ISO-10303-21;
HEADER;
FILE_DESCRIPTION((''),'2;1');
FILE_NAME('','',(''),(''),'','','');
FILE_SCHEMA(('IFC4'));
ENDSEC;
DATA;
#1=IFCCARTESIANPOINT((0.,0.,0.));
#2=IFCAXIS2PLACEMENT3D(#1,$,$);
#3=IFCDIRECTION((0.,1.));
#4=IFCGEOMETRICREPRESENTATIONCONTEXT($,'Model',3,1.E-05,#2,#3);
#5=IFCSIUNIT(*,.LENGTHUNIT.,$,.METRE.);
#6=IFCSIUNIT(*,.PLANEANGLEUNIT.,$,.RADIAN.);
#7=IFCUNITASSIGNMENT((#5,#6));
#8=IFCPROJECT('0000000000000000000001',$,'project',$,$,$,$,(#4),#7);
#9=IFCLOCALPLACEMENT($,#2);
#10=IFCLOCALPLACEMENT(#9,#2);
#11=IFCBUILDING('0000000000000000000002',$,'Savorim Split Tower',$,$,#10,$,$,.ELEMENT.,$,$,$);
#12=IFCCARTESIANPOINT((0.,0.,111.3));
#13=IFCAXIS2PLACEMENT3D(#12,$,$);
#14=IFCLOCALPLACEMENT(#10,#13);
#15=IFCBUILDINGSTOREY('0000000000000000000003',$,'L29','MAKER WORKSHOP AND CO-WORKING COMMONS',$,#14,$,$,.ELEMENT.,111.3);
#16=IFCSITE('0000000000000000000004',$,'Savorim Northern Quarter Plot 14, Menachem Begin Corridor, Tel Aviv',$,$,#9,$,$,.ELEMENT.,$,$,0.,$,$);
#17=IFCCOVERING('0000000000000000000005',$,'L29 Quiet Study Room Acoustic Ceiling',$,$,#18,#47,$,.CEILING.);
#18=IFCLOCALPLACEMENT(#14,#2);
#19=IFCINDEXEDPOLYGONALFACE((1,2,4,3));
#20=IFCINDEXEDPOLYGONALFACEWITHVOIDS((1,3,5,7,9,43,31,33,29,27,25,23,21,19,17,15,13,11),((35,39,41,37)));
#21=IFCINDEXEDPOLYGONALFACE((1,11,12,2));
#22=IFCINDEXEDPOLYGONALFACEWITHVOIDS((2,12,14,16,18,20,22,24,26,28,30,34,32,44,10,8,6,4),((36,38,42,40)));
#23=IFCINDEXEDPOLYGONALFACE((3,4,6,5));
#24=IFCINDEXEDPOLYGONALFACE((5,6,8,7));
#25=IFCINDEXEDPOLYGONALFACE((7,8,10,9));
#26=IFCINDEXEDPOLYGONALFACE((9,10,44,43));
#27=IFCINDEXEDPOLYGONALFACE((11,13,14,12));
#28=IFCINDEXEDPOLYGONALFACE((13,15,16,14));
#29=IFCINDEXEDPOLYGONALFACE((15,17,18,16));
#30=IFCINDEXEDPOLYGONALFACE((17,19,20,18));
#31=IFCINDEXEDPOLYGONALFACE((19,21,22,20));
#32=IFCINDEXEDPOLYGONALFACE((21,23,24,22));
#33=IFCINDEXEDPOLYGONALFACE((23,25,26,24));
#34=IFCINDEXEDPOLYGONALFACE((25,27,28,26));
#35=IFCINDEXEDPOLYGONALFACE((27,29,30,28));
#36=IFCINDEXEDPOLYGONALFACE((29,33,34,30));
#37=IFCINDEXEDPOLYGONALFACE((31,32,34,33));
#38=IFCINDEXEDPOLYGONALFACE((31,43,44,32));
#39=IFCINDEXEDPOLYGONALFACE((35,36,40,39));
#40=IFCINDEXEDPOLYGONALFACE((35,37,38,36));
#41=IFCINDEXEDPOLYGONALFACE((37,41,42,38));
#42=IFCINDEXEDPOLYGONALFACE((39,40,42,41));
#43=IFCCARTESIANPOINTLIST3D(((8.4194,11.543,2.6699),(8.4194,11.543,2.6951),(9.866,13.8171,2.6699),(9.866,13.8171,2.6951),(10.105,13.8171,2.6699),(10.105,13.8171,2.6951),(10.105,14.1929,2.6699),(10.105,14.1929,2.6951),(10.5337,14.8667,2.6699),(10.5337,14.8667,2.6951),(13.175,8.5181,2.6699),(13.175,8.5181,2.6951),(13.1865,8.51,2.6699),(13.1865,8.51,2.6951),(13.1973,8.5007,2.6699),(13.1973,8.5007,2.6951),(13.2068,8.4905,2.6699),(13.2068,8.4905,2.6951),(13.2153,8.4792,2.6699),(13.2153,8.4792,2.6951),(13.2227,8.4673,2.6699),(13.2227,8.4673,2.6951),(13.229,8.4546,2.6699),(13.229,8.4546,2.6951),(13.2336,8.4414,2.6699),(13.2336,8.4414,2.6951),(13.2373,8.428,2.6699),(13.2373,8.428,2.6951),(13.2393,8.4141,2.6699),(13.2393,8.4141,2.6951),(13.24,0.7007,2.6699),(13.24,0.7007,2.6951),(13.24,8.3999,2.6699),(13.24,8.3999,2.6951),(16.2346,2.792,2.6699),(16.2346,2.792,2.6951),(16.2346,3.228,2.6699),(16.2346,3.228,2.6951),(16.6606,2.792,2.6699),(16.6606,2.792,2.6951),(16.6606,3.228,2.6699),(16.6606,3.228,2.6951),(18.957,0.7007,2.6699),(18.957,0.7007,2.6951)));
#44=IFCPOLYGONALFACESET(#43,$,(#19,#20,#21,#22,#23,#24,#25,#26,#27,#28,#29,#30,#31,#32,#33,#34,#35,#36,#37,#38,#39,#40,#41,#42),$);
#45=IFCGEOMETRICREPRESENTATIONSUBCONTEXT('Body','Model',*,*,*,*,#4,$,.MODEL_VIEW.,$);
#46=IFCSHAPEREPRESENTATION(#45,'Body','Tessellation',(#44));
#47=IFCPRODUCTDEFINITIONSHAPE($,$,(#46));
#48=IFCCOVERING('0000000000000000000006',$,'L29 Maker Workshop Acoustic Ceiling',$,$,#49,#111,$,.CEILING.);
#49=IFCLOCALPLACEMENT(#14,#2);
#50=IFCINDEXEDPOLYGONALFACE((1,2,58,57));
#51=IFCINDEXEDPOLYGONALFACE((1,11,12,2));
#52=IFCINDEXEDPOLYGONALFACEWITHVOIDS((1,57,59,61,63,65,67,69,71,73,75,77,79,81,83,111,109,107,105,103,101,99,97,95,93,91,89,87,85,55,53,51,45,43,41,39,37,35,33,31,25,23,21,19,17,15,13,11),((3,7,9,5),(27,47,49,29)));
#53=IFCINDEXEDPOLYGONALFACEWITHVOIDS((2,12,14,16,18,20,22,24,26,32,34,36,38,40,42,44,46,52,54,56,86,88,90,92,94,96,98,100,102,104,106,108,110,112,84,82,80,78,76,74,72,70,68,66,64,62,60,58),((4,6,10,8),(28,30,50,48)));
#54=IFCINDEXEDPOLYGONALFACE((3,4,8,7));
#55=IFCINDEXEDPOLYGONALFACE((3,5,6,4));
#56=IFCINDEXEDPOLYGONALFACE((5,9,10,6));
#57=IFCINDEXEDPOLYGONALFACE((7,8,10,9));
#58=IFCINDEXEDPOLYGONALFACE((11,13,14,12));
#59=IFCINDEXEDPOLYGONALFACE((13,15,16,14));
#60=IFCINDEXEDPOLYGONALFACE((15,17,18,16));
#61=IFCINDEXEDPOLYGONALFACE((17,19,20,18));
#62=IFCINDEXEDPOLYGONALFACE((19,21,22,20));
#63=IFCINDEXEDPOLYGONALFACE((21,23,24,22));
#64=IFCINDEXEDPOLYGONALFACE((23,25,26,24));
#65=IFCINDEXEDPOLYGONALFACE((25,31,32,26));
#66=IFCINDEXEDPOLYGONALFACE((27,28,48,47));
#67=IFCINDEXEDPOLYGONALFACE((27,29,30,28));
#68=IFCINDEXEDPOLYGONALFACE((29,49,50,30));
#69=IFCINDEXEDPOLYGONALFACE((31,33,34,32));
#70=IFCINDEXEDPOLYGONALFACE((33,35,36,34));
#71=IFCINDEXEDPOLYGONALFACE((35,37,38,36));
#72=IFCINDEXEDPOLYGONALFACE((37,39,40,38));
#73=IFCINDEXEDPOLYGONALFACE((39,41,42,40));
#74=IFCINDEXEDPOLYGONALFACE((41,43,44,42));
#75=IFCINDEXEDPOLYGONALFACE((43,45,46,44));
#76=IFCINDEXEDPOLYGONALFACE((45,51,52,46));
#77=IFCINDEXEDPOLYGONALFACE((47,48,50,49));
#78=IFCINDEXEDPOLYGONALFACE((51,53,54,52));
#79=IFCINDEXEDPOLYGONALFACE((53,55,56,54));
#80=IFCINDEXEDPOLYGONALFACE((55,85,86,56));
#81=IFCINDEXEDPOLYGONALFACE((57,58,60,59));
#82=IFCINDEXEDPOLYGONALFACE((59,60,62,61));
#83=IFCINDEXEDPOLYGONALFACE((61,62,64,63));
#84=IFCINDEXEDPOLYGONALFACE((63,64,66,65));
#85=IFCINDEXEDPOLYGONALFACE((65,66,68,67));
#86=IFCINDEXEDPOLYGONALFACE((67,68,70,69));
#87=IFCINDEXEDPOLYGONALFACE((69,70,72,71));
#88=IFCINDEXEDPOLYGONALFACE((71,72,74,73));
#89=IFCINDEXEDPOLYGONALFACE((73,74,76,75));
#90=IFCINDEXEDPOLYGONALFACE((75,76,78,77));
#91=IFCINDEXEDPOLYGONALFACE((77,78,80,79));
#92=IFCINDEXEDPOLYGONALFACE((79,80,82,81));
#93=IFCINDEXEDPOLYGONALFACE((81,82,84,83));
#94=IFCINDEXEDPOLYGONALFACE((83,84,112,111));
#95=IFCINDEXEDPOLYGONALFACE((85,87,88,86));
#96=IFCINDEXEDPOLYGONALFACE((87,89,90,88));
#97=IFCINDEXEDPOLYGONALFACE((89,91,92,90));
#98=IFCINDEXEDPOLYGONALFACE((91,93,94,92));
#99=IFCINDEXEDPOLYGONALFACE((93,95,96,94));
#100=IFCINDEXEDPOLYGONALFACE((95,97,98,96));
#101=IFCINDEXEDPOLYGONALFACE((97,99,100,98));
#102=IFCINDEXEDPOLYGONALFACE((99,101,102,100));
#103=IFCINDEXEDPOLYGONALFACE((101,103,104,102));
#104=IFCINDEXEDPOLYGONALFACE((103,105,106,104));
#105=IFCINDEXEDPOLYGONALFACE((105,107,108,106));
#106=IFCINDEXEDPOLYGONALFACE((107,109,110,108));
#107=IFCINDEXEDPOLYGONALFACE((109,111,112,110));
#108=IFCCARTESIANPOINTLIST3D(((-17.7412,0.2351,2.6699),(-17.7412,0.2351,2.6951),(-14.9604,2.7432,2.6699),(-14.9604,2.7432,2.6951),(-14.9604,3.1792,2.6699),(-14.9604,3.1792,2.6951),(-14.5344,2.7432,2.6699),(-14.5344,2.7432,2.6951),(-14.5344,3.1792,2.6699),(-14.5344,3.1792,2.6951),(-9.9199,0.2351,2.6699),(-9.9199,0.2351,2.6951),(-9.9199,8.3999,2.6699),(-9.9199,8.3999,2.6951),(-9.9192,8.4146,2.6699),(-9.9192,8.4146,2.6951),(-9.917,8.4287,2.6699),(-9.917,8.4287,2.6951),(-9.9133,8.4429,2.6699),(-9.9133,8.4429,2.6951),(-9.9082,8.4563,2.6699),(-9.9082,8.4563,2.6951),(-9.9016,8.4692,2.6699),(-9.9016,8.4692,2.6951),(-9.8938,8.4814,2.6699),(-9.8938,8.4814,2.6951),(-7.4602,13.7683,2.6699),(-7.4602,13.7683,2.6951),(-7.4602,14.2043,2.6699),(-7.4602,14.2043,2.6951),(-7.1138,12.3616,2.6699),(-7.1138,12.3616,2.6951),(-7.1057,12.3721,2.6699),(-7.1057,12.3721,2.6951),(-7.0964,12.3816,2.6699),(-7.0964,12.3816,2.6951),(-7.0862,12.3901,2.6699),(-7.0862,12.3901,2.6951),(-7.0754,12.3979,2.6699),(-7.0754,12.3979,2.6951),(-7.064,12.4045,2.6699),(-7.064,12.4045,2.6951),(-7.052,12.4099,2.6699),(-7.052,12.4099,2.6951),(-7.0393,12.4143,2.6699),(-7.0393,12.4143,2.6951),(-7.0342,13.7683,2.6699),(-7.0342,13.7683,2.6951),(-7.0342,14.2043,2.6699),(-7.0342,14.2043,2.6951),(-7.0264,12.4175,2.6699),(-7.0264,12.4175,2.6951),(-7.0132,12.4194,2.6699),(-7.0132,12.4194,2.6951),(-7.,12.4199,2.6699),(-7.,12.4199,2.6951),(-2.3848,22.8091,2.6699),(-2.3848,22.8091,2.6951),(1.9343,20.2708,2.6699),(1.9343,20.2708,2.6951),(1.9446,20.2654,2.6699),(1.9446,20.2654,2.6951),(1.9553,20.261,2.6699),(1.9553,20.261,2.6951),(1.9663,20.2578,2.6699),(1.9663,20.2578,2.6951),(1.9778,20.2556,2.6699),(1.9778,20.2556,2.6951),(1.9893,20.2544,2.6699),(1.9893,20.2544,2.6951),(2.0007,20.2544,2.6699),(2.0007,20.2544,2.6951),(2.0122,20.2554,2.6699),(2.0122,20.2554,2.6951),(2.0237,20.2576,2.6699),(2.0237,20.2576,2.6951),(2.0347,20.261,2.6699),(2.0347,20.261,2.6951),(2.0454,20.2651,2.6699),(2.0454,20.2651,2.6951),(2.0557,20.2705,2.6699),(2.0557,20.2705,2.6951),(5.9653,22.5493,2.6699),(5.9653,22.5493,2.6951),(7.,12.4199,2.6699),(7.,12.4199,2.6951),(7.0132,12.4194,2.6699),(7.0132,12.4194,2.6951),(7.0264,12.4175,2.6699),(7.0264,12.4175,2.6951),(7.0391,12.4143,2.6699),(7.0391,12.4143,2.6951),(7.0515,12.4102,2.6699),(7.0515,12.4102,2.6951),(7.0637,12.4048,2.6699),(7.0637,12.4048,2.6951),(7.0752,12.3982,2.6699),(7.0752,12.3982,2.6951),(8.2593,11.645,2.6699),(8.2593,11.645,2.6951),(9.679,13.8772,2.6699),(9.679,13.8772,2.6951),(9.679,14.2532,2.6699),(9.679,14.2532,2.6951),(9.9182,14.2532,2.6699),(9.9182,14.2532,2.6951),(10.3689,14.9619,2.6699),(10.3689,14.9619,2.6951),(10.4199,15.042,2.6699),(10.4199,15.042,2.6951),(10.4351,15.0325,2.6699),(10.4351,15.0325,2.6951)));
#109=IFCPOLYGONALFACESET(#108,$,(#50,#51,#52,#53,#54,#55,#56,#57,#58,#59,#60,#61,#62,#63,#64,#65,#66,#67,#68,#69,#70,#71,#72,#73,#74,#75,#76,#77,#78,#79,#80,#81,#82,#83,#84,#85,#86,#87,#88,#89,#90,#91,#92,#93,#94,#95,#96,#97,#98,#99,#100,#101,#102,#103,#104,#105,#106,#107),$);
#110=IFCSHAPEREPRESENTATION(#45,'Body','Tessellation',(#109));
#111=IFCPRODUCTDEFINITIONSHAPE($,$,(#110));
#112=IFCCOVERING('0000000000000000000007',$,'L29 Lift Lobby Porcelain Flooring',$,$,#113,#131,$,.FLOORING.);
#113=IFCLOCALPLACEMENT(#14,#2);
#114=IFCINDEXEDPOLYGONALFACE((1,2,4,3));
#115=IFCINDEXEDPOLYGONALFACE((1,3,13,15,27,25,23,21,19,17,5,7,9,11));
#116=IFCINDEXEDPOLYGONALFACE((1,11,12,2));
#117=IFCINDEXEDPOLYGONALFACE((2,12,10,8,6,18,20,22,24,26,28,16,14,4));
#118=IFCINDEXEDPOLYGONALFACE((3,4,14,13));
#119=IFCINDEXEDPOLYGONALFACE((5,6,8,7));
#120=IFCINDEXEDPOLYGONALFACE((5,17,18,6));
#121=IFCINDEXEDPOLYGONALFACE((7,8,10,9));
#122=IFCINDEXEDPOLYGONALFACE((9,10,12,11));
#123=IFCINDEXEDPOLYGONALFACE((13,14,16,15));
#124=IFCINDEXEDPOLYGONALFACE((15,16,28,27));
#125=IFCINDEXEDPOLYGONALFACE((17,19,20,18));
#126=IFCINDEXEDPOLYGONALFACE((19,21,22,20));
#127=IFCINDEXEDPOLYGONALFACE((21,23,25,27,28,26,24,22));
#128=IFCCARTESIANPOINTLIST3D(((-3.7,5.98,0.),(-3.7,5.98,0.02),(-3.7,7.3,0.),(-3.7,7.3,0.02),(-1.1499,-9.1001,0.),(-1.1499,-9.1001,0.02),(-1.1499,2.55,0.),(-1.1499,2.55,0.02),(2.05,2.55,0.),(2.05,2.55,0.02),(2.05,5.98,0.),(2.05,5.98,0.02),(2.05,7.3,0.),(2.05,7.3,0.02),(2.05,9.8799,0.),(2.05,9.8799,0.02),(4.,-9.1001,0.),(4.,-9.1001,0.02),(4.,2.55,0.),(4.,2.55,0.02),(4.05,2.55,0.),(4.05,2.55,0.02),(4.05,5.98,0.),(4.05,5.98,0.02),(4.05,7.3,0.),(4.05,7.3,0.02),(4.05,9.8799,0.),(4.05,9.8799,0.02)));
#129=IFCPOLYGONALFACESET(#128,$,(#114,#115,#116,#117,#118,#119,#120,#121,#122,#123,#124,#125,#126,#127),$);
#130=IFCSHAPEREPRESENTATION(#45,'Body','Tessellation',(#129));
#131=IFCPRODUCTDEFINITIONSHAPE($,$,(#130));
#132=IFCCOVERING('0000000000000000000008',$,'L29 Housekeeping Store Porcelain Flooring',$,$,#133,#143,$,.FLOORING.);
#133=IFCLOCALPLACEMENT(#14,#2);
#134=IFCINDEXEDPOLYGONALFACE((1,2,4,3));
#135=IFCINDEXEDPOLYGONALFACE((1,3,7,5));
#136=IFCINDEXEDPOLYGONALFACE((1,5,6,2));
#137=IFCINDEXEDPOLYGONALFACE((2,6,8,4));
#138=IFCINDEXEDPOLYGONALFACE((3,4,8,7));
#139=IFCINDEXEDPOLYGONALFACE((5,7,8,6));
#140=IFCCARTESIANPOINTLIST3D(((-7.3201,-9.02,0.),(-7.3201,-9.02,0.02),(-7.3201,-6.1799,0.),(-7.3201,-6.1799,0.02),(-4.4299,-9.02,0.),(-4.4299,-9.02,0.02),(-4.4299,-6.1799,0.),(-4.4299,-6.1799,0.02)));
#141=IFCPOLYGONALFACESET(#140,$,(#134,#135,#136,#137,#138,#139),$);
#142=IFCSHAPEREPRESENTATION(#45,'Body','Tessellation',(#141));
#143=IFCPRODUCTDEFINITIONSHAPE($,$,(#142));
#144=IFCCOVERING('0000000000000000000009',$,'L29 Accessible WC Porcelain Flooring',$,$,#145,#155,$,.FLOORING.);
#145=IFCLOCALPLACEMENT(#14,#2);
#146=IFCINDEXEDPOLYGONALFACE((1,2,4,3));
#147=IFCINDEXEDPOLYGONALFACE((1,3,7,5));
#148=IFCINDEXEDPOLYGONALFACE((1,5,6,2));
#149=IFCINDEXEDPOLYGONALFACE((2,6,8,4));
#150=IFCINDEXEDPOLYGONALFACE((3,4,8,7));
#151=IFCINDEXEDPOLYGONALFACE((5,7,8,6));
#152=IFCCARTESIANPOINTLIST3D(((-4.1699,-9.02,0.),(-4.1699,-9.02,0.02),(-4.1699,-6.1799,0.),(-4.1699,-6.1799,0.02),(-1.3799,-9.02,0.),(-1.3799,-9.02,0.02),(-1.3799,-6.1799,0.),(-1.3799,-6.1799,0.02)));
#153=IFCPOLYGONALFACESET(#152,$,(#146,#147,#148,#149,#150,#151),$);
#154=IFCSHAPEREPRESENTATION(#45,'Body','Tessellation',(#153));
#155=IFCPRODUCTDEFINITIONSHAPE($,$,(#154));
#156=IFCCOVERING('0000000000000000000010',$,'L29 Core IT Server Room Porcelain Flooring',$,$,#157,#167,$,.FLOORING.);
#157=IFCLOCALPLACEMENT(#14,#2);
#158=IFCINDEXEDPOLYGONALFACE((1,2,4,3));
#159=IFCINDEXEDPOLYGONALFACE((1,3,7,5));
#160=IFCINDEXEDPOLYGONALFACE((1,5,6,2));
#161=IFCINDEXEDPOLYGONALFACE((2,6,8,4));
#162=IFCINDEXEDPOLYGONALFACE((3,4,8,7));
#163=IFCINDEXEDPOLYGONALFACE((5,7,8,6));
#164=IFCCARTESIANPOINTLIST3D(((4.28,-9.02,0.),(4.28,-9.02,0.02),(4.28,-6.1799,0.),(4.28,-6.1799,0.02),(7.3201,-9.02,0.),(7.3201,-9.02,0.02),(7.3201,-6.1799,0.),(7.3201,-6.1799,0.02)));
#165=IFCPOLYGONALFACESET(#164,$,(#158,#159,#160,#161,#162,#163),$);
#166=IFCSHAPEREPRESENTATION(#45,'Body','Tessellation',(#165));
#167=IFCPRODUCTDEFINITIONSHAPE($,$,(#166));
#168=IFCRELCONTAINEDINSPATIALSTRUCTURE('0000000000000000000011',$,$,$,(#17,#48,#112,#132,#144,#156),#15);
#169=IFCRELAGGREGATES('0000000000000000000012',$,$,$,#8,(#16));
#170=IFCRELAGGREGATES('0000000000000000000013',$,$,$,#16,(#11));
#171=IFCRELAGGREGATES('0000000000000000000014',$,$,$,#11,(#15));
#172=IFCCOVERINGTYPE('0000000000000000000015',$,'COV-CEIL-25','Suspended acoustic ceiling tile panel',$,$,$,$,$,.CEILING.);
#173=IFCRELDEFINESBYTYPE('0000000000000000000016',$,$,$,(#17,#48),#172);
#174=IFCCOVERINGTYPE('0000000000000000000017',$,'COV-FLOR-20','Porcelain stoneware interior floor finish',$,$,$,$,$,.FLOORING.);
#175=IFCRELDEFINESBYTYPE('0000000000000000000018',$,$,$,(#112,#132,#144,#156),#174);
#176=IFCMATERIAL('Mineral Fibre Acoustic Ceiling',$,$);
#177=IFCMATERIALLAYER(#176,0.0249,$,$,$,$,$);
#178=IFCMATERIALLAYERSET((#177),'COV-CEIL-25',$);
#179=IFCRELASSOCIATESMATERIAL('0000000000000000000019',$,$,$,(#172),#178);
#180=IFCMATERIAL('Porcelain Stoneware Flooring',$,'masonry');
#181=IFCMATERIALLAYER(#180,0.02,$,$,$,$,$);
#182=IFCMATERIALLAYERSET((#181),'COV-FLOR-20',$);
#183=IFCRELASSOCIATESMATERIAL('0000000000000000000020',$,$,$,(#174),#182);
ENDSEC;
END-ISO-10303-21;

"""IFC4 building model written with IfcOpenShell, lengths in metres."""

from ifc_helpers import new_model, si_unit, direction, frame, origin, place, context, subcontext, project, spatial, polyline, outline, extrude, material, layer, layer_set, type_object, element, save


model = new_model("IFC4")

# Units and contexts
model_context = context("Model", 3, precision=1e-05, world=origin(), true_north=direction((0.0, 1.0)))
body_context = subcontext(model_context, "Body", "Model", "MODEL_VIEW")
ifc_project = project(units=[si_unit("LENGTHUNIT", "METRE"), si_unit("PLANEANGLEUNIT", "RADIAN")], contexts=[model_context])

# Site, building, storey
site_placement = place(None, origin())
site = spatial("IfcSite", under=ifc_project, at=site_placement, Name="Savorim Northern Quarter Plot 14, Menachem Begin Corridor, Tel Aviv", CompositionType="ELEMENT", RefElevation=0.0)
building_placement = place(site_placement, origin())
building = spatial("IfcBuilding", under=site, at=building_placement, Name="Savorim Split Tower", CompositionType="ELEMENT")
storey_placement = place(building_placement, frame((0.0, 0.0, 111.3)))
storey = spatial("IfcBuildingStorey", under=building, at=storey_placement, Name="L29", Description="MAKER WORKSHOP AND CO-WORKING COMMONS", CompositionType="ELEMENT", Elevation=111.3)

# Coverings
ifc_material_1 = material(Name="Mineral Fibre Acoustic Ceiling")
ifc_layer_1 = layer(ifc_material_1, 0.0249)
ifc_layer_set_1 = layer_set([ifc_layer_1], Name="COV-CEIL-25")
covering_type_1 = type_object("IfcCoveringType", Name="COV-CEIL-25", Description="Suspended acoustic ceiling tile panel", PredefinedType="CEILING", material=ifc_layer_set_1)
covering_1_placement = place(storey_placement, frame((0.0, 0.0, 2.6699)))
element("IfcCovering", 1, at=covering_1_placement, inside=storey, type_object=covering_type_1, Name="L29 Quiet Study Room Acoustic Ceiling", PredefinedType="CEILING", context=body_context, shape_type="SweptSolid", body=[
    extrude(outline(polyline([(13.2373, 8.428), (13.2393, 8.4141), (13.24, 8.3999), (13.24, 0.7007), (18.957, 0.7007), (10.5337, 14.8667), (10.105, 14.1929), (10.105, 13.8171), (9.866, 13.8171), (8.4194, 11.543), (13.175, 8.5181), (13.1865, 8.51), (13.1973, 8.5007), (13.2068, 8.4905), (13.2153, 8.4792), (13.2227, 8.4673), (13.229, 8.4546), (13.2336, 8.4414), (13.2373, 8.428)]), holes=[polyline([(16.6606, 2.792), (16.6606, 3.228), (16.2346, 3.228), (16.2346, 2.792), (16.6606, 2.792)])]), origin(), (0.0, 0.0, 1.0), 0.0251),
])
covering_2_placement = place(storey_placement, frame((0.0, 0.0, 2.6699)))
element("IfcCovering", 2, at=covering_2_placement, inside=storey, type_object=covering_type_1, Name="L29 Maker Workshop Acoustic Ceiling", PredefinedType="CEILING", context=body_context, shape_type="SweptSolid", body=[
    extrude(outline(polyline([(1.9553, 20.261), (1.9446, 20.2654), (1.9343, 20.2708), (-2.3848, 22.8091), (-17.7412, 0.2351), (-9.9199, 0.2351), (-9.9199, 8.3999), (-9.9192, 8.4146), (-9.917, 8.4287), (-9.9133, 8.4429), (-9.9082, 8.4563), (-9.9016, 8.4692), (-9.8938, 8.4814), (-7.1138, 12.3616), (-7.1057, 12.3721), (-7.0964, 12.3816), (-7.0862, 12.3901), (-7.0754, 12.3979), (-7.064, 12.4045), (-7.052, 12.4099), (-7.0393, 12.4143), (-7.0264, 12.4175), (-7.0132, 12.4194), (-7.0, 12.4199), (7.0, 12.4199), (7.0132, 12.4194), (7.0264, 12.4175), (7.0391, 12.4143), (7.0515, 12.4102), (7.0637, 12.4048), (7.0752, 12.3982), (8.2593, 11.645), (9.679, 13.8772), (9.679, 14.2532), (9.9182, 14.2532), (10.3689, 14.9619), (10.4199, 15.042), (10.4351, 15.0325), (5.9653, 22.5493), (2.0557, 20.2705), (2.0454, 20.2651), (2.0347, 20.261), (2.0237, 20.2576), (2.0122, 20.2554), (2.0007, 20.2544), (1.9893, 20.2544), (1.9778, 20.2556), (1.9663, 20.2578), (1.9553, 20.261)]), holes=[polyline([(-7.0342, 14.2043), (-7.4602, 14.2043), (-7.4602, 13.7683), (-7.0342, 13.7683), (-7.0342, 14.2043)]), polyline([(-14.9604, 3.1792), (-14.9604, 2.7432), (-14.5344, 2.7432), (-14.5344, 3.1792), (-14.9604, 3.1792)])]), origin(), (0.0, 0.0, 1.0), 0.0251),
])
ifc_material_2 = material(Name="Porcelain Stoneware Flooring", Category="masonry")
ifc_layer_2 = layer(ifc_material_2, 0.02)
ifc_layer_set_2 = layer_set([ifc_layer_2], Name="COV-FLOR-20")
covering_type_2 = type_object("IfcCoveringType", Name="COV-FLOR-20", Description="Porcelain stoneware interior floor finish", PredefinedType="FLOORING", material=ifc_layer_set_2)
covering_3_placement = place(storey_placement, origin())
element("IfcCovering", 3, at=covering_3_placement, inside=storey, type_object=covering_type_2, Name="L29 Lift Lobby Porcelain Flooring", PredefinedType="FLOORING", context=body_context, shape_type="SweptSolid", body=[
    extrude(outline(polyline([(2.05, 2.55), (-1.1499, 2.55), (-1.1499, -9.1001), (4.0, -9.1001), (4.0, 2.55), (4.05, 2.55), (4.05, 5.98), (4.05, 7.3), (4.05, 9.8799), (2.05, 9.8799), (2.05, 7.3), (-3.7, 7.3), (-3.7, 5.98), (2.05, 5.98), (2.05, 2.55)])), origin(), (0.0, 0.0, 1.0), 0.02),
])
covering_4_placement = place(storey_placement, origin())
element("IfcCovering", 4, at=covering_4_placement, inside=storey, type_object=covering_type_2, Name="L29 Housekeeping Store Porcelain Flooring", PredefinedType="FLOORING", context=body_context, shape_type="SweptSolid", body=[
    extrude(outline(polyline([(-7.3201, -6.1799), (-7.3201, -9.02), (-4.4299, -9.02), (-4.4299, -6.1799), (-7.3201, -6.1799)])), origin(), (0.0, 0.0, 1.0), 0.02),
])
covering_5_placement = place(storey_placement, origin())
element("IfcCovering", 5, at=covering_5_placement, inside=storey, type_object=covering_type_2, Name="L29 Accessible WC Porcelain Flooring", PredefinedType="FLOORING", context=body_context, shape_type="SweptSolid", body=[
    extrude(outline(polyline([(-4.1699, -6.1799), (-4.1699, -9.02), (-1.3799, -9.02), (-1.3799, -6.1799), (-4.1699, -6.1799)])), origin(), (0.0, 0.0, 1.0), 0.02),
])
covering_6_placement = place(storey_placement, origin())
element("IfcCovering", 6, at=covering_6_placement, inside=storey, type_object=covering_type_2, Name="L29 Core IT Server Room Porcelain Flooring", PredefinedType="FLOORING", context=body_context, shape_type="SweptSolid", body=[
    extrude(outline(polyline([(4.28, -6.1799), (4.28, -9.02), (7.3201, -9.02), (7.3201, -6.1799), (4.28, -6.1799)])), origin(), (0.0, 0.0, 1.0), 0.02),
])

save(model, "model.ifc")
